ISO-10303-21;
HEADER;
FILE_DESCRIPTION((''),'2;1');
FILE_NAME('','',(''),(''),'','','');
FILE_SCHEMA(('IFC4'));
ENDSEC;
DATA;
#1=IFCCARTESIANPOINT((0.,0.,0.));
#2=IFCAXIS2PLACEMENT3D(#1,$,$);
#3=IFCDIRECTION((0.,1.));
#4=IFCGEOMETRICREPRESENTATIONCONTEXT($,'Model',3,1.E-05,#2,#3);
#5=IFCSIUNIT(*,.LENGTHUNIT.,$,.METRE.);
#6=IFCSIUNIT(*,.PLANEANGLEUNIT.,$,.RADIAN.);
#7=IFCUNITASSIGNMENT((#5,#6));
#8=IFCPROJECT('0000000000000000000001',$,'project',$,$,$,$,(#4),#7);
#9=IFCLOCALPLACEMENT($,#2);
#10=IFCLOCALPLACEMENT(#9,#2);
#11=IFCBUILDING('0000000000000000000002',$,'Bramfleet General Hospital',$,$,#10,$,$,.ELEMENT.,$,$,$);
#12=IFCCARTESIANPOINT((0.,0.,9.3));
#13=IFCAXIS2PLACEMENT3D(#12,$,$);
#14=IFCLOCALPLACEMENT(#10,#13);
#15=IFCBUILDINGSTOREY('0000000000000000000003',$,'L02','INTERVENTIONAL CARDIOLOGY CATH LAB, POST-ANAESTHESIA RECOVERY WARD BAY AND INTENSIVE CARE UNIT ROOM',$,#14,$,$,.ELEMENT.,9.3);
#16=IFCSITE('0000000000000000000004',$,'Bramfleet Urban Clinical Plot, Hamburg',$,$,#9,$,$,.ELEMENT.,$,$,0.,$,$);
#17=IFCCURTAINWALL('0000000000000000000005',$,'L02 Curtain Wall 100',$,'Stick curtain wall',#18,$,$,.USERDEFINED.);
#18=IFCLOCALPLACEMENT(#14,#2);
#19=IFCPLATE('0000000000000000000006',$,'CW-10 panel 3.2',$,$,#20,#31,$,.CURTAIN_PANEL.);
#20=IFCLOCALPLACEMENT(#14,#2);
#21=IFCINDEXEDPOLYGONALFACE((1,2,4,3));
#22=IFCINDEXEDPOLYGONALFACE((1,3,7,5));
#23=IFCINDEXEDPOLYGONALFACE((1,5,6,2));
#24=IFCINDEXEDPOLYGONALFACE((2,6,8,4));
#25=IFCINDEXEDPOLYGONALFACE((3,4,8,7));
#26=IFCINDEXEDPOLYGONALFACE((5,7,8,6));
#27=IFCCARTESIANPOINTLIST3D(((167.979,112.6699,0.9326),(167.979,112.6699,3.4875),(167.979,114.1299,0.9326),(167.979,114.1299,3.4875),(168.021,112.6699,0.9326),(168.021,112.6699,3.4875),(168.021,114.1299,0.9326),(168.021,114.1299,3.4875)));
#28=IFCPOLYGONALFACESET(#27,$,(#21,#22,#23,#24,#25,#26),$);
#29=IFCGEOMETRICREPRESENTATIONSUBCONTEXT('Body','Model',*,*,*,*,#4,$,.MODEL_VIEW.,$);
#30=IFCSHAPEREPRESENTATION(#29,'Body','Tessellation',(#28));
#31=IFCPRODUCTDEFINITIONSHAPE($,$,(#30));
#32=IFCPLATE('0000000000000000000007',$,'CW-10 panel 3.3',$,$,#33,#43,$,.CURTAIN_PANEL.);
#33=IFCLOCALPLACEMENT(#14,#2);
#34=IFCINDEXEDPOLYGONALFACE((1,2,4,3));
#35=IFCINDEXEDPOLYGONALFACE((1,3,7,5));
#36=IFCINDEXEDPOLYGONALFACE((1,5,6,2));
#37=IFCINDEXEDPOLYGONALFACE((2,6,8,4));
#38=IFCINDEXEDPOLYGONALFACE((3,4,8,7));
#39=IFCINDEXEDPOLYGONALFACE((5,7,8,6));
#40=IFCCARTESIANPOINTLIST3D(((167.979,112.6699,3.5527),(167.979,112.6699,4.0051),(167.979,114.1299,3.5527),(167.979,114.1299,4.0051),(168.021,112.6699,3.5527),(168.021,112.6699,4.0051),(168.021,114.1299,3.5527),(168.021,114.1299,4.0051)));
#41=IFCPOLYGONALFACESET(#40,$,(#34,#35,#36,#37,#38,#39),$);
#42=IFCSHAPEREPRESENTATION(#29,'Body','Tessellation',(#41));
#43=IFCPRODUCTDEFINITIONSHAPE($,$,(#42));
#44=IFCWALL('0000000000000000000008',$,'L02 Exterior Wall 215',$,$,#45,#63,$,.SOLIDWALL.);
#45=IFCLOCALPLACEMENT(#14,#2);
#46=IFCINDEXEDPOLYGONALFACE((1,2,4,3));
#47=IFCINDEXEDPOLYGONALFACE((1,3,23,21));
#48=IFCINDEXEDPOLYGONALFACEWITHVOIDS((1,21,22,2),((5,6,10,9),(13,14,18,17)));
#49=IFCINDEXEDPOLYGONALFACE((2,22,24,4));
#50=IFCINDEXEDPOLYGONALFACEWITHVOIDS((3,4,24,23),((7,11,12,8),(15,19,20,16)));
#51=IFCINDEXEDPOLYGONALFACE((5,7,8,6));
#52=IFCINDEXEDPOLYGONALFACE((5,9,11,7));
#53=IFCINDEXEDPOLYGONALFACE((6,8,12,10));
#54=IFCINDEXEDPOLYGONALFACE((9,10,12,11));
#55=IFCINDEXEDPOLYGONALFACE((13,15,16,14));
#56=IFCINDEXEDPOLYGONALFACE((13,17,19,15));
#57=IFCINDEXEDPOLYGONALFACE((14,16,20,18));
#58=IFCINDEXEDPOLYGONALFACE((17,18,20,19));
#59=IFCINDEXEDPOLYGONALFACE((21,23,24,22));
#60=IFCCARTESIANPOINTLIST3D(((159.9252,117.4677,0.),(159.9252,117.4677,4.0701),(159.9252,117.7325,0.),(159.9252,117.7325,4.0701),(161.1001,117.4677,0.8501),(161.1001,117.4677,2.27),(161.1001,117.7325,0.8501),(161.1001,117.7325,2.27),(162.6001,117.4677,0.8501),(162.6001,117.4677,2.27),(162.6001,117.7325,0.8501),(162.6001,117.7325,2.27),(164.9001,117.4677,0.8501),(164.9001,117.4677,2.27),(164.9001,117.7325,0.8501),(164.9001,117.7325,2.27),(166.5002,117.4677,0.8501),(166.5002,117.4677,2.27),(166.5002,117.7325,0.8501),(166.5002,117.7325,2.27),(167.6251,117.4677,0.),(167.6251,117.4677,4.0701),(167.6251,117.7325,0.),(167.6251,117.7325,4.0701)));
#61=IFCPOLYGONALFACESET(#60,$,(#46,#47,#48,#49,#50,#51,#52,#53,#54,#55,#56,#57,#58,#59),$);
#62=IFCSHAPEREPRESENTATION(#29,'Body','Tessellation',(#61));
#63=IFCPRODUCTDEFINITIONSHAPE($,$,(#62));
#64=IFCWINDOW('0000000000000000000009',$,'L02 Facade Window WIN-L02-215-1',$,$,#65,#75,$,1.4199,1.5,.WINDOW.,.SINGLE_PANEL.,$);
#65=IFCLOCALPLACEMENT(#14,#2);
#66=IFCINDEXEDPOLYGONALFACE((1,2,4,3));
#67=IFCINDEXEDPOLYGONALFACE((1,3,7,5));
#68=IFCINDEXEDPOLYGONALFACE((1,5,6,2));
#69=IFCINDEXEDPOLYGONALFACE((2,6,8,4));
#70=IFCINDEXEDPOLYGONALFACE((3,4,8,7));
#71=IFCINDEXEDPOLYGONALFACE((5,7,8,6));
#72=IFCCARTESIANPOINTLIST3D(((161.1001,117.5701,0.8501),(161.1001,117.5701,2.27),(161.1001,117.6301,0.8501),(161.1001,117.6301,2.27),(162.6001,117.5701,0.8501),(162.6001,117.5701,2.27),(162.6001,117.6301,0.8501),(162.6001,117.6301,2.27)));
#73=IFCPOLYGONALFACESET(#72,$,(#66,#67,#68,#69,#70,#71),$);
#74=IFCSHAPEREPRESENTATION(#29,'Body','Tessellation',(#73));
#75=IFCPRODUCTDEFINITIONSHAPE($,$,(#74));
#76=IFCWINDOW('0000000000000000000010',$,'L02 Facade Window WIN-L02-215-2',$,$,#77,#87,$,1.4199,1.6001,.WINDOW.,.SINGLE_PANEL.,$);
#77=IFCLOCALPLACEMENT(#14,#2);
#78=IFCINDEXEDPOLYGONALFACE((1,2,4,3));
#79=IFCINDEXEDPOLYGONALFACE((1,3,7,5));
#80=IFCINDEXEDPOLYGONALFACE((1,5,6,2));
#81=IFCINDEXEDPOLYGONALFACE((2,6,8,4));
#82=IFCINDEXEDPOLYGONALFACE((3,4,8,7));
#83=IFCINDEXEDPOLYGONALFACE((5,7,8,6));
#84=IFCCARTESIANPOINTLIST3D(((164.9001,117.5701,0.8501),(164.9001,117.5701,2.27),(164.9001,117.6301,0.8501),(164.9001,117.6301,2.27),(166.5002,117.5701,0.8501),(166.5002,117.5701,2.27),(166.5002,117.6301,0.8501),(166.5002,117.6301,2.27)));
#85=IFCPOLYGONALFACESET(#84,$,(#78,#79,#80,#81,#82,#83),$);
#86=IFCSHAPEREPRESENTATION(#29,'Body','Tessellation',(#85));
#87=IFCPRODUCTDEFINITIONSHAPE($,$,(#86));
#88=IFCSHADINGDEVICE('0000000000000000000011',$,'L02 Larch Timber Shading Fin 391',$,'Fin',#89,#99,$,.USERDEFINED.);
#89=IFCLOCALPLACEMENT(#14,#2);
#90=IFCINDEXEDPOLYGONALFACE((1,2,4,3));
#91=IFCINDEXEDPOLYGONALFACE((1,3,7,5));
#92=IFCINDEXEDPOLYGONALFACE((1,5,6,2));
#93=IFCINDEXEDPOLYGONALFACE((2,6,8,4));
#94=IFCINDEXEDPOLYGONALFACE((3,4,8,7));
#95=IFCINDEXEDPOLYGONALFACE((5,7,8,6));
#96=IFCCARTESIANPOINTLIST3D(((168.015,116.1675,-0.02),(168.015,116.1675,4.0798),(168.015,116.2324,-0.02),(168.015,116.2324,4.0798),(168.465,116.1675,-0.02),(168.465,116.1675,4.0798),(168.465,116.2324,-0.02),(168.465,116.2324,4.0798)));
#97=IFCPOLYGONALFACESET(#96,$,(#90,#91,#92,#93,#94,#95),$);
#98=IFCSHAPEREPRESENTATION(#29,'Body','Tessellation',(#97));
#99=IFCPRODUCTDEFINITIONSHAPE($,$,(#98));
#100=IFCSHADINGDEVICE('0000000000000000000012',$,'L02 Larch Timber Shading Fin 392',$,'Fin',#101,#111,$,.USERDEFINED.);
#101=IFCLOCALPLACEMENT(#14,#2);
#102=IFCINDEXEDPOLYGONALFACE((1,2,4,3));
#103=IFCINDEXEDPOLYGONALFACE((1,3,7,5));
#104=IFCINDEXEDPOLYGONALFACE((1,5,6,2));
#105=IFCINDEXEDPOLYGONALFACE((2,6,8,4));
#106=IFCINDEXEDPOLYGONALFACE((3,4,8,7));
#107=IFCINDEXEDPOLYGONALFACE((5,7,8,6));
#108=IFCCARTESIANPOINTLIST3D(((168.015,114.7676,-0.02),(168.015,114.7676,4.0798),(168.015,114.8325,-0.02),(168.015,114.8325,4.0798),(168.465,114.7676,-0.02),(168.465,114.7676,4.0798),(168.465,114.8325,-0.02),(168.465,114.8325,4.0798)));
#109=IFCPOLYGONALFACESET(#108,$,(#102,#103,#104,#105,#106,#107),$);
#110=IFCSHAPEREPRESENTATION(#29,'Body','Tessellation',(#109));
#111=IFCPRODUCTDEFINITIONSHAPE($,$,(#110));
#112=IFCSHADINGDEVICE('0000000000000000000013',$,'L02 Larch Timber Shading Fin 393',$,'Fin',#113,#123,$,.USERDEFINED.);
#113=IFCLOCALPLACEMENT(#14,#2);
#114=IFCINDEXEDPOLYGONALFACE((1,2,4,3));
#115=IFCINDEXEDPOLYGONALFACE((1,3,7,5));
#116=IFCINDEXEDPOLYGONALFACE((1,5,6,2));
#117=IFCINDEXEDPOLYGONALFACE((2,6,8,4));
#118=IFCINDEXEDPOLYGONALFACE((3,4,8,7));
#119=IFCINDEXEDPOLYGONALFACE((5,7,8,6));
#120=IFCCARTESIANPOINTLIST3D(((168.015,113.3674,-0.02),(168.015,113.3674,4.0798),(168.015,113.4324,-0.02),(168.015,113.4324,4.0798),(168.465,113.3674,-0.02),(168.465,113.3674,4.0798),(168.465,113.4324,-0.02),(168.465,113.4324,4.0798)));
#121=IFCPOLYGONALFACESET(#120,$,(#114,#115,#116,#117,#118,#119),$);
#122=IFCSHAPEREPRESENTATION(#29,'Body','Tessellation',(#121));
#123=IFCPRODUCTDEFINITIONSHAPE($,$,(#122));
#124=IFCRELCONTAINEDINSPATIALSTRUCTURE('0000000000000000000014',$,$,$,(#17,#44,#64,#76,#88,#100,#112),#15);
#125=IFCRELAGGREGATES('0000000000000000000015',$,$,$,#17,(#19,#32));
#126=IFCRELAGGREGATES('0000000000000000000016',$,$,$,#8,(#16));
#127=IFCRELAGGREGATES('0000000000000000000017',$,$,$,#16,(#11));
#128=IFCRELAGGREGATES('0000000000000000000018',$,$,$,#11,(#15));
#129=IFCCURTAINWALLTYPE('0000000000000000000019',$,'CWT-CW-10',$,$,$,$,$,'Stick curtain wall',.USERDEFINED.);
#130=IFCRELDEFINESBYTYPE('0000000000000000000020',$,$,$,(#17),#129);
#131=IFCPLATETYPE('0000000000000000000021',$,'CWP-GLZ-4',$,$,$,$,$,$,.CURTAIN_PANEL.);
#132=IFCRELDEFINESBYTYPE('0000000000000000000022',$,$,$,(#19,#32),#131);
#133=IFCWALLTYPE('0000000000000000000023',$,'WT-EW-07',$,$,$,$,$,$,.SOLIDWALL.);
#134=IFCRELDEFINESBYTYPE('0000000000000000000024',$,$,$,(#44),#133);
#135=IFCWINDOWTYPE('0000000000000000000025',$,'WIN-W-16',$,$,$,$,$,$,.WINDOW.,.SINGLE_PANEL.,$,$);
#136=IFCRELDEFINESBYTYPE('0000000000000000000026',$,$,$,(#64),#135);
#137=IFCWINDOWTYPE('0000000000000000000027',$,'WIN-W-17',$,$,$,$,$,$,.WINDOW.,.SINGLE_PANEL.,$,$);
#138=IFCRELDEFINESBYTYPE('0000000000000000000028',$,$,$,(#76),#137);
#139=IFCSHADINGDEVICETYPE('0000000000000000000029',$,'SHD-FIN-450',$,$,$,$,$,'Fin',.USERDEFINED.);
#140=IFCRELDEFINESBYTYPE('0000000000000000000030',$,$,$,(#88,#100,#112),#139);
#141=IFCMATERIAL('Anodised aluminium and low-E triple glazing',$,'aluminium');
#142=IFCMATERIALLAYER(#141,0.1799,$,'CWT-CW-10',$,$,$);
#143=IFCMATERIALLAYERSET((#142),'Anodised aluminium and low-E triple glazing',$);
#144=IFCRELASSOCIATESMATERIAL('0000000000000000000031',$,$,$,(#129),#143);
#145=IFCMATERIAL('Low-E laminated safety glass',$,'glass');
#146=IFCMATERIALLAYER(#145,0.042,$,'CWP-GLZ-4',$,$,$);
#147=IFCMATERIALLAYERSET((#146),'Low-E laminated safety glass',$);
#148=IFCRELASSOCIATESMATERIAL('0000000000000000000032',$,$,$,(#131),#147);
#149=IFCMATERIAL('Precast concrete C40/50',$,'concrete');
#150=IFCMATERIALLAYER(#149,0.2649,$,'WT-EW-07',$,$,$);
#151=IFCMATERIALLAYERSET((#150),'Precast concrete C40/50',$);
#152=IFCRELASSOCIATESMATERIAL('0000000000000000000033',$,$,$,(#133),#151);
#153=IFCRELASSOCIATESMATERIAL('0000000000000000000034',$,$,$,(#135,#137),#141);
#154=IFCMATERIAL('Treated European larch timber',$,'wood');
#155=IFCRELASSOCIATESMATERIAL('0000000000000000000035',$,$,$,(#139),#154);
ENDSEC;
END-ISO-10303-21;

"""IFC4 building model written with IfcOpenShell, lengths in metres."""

from ifc_helpers import new_model, si_unit, direction, frame, frame_2d, origin, origin_2d, place, context, subcontext, project, spatial, rectangle, extrude, material, layer, layer_set, material_profile, profile_set, type_object, element, fill, aggregate, save


model = new_model("IFC4")

# Units and contexts
model_context = context("Model", 3, precision=1e-05, world=origin(), true_north=direction((0.0, 1.0)))
body_context = subcontext(model_context, "Body", "Model", "MODEL_VIEW")
ifc_project = project(units=[si_unit("LENGTHUNIT", "METRE"), si_unit("PLANEANGLEUNIT", "RADIAN")], contexts=[model_context])

# Site, building, storey
site_placement = place(None, origin())
site = spatial("IfcSite", under=ifc_project, at=site_placement, Name="Bramfleet Urban Clinical Plot, Hamburg", CompositionType="ELEMENT", RefElevation=0.0)
building_placement = place(site_placement, origin())
building = spatial("IfcBuilding", under=site, at=building_placement, Name="Bramfleet General Hospital", CompositionType="ELEMENT")
storey_placement = place(building_placement, frame((0.0, 0.0, 9.3)))
storey = spatial("IfcBuildingStorey", under=building, at=storey_placement, Name="L02", Description="INTERVENTIONAL CARDIOLOGY CATH LAB, POST-ANAESTHESIA RECOVERY WARD BAY AND INTENSIVE CARE UNIT ROOM", CompositionType="ELEMENT", Elevation=9.3)

# Curtain wall, plates
ifc_material_1 = material(Name="Anodised aluminium and low-E triple glazing", Category="aluminium")
ifc_layer_1 = layer(ifc_material_1, 0.1799, Name="CWT-CW-10")
ifc_layer_set_1 = layer_set([ifc_layer_1], Name="Anodised aluminium and low-E triple glazing")
curtain_wall_type = type_object("IfcCurtainWallType", Name="CWT-CW-10", ElementType="Stick curtain wall", PredefinedType="USERDEFINED", material=ifc_layer_set_1)
curtain_wall_placement = place(storey_placement, origin())
curtain_wall = element("IfcCurtainWall", 1, at=curtain_wall_placement, inside=storey, type_object=curtain_wall_type, Name="L02 Curtain Wall 100", ObjectType="Stick curtain wall", PredefinedType="USERDEFINED")
ifc_material_2 = material(Name="Low-E laminated safety glass", Category="glass")
ifc_layer_2 = layer(ifc_material_2, 0.042, Name="CWP-GLZ-4")
ifc_layer_set_2 = layer_set([ifc_layer_2], Name="Low-E laminated safety glass")
plate_type = type_object("IfcPlateType", Name="CWP-GLZ-4", PredefinedType="CURTAIN_PANEL", material=ifc_layer_set_2)
plate_1_placement = place(storey_placement, frame((168.0, 113.3999, 0.9326), z_axis=(0.0, 0.0, 1.0), x_axis=(0.0, -1.0, 0.0)))
plate_1 = element("IfcPlate", 2, at=plate_1_placement, type_object=plate_type, Name="CW-10 panel 3.2", PredefinedType="CURTAIN_PANEL", context=body_context, shape_type="SweptSolid", body=[
    extrude(rectangle(XDim=1.46, YDim=0.042, at=origin_2d()), origin(), (0.0, 0.0, 1.0), 2.5549),
])
plate_2_placement = place(storey_placement, frame((168.0, 113.3999, 3.5527), z_axis=(0.0, 0.0, 1.0), x_axis=(0.0, -1.0, 0.0)))
plate_2 = element("IfcPlate", 3, at=plate_2_placement, type_object=plate_type, Name="CW-10 panel 3.3", PredefinedType="CURTAIN_PANEL", context=body_context, shape_type="SweptSolid", body=[
    extrude(rectangle(XDim=1.46, YDim=0.042, at=origin_2d()), origin(), (0.0, 0.0, 1.0), 0.4524),
])
aggregate(curtain_wall, [plate_1, plate_2])

# Wall, openings, windows
ifc_material_3 = material(Name="Precast concrete C40/50", Category="concrete")
ifc_layer_3 = layer(ifc_material_3, 0.2649, Name="WT-EW-07")
ifc_layer_set_3 = layer_set([ifc_layer_3], Name="Precast concrete C40/50")
wall_type = type_object("IfcWallType", Name="WT-EW-07", PredefinedType="SOLIDWALL", material=ifc_layer_set_3)
wall_placement = place(storey_placement, frame((159.925, 117.6001, 0.0), z_axis=(0.0, 0.0, 1.0), x_axis=(1.0, 0.0, 0.0)))
wall = element("IfcWall", 4, at=wall_placement, inside=storey, type_object=wall_type, Name="L02 Exterior Wall 215", PredefinedType="SOLIDWALL", context=body_context, shape_type="SweptSolid", body=[
    extrude(rectangle(XDim=7.7, YDim=0.2649, at=frame_2d((3.8501, 0.0))), origin(), (0.0, 0.0, 1.0), 4.0701),
])
opening_1_placement = place(wall_placement, frame((1.175, 0.0, 0.8501)))
opening_1 = element("IfcOpeningElement", 5, at=opening_1_placement, cuts=wall, PredefinedType="OPENING", context=body_context, shape_type="SweptSolid", body=[
    extrude(rectangle(XDim=1.5, YDim=1.4199, at=frame_2d((0.75, 0.71))), frame((0.0, 0.1423, 0.0), z_axis=(0.0, -1.0, 0.0), x_axis=(1.0, 0.0, 0.0)), (0.0, 0.0, 1.0), 0.2849),
])
opening_2_placement = place(wall_placement, frame((4.9751, 0.0, 0.8501)))
opening_2 = element("IfcOpeningElement", 6, at=opening_2_placement, cuts=wall, PredefinedType="OPENING", context=body_context, shape_type="SweptSolid", body=[
    extrude(rectangle(XDim=1.6001, YDim=1.4199, at=frame_2d((0.8, 0.71))), frame((0.0, 0.1423, 0.0), z_axis=(0.0, -1.0, 0.0), x_axis=(1.0, 0.0, 0.0)), (0.0, 0.0, 1.0), 0.2849),
])
window_type_1 = type_object("IfcWindowType", Name="WIN-W-16", PartitioningType="SINGLE_PANEL", PredefinedType="WINDOW", material=ifc_material_1)
window_1_placement = place(opening_1_placement, origin())
window_1 = element("IfcWindow", 7, at=window_1_placement, inside=storey, type_object=window_type_1, Name="L02 Facade Window WIN-L02-215-1", OverallHeight=1.4199, OverallWidth=1.5, PartitioningType="SINGLE_PANEL", PredefinedType="WINDOW", context=body_context, shape_type="SweptSolid", body=[
    extrude(rectangle(XDim=1.5, YDim=1.4199, at=frame_2d((0.75, 0.71))), frame((0.0, 0.03, 0.0), z_axis=(0.0, -1.0, 0.0), x_axis=(1.0, 0.0, 0.0)), (0.0, 0.0, 1.0), 0.0601),
])
fill(opening_1, window_1)
window_type_2 = type_object("IfcWindowType", Name="WIN-W-17", PartitioningType="SINGLE_PANEL", PredefinedType="WINDOW", material=ifc_material_1)
window_2_placement = place(opening_2_placement, origin())
window_2 = element("IfcWindow", 8, at=window_2_placement, inside=storey, type_object=window_type_2, Name="L02 Facade Window WIN-L02-215-2", OverallHeight=1.4199, OverallWidth=1.6001, PartitioningType="SINGLE_PANEL", PredefinedType="WINDOW", context=body_context, shape_type="SweptSolid", body=[
    extrude(rectangle(XDim=1.6001, YDim=1.4199, at=frame_2d((0.8, 0.71))), frame((0.0, 0.03, 0.0), z_axis=(0.0, -1.0, 0.0), x_axis=(1.0, 0.0, 0.0)), (0.0, 0.0, 1.0), 0.0601),
])
fill(opening_2, window_2)

# Shading devices
ifc_material_4 = material(Name="Treated European larch timber", Category="wood")
ifc_material_profile_1 = material_profile(ifc_material_4, rectangle(XDim=0.0649, YDim=0.45, at=origin_2d()), Name="LARCH FIN 450x65")
ifc_profile_set_1 = profile_set([ifc_material_profile_1], Name="Treated European larch timber")
shading_device_type = type_object("IfcShadingDeviceType", Name="SHD-FIN-450", ElementType="Fin", PredefinedType="USERDEFINED", material=ifc_profile_set_1)
for number, where, z_axis, x_axis, name in (
    (9, (168.24, 116.2, -0.02), (0.0, 0.0, 1.0), (0.0, -1.0, 0.0), "L02 Larch Timber Shading Fin 391"),
    (10, (168.24, 114.8, -0.02), (0.0, 0.0, 1.0), (0.0, -1.0, 0.0), "L02 Larch Timber Shading Fin 392"),
    (11, (168.24, 113.3999, -0.02), (0.0, 0.0, 1.0), (0.0, -1.0, 0.0), "L02 Larch Timber Shading Fin 393"),
):
    element("IfcShadingDevice", number, at=place(storey_placement, frame(where, z_axis=z_axis, x_axis=x_axis)), inside=storey, type_object=shading_device_type, Name=name, ObjectType="Fin", PredefinedType="USERDEFINED", context=body_context, shape_type="SweptSolid", body=[
        extrude(rectangle(XDim=0.0649, YDim=0.45, at=origin_2d()), origin(), (0.0, 0.0, 1.0), 4.0999),
    ])

save(model, "model.ifc")
